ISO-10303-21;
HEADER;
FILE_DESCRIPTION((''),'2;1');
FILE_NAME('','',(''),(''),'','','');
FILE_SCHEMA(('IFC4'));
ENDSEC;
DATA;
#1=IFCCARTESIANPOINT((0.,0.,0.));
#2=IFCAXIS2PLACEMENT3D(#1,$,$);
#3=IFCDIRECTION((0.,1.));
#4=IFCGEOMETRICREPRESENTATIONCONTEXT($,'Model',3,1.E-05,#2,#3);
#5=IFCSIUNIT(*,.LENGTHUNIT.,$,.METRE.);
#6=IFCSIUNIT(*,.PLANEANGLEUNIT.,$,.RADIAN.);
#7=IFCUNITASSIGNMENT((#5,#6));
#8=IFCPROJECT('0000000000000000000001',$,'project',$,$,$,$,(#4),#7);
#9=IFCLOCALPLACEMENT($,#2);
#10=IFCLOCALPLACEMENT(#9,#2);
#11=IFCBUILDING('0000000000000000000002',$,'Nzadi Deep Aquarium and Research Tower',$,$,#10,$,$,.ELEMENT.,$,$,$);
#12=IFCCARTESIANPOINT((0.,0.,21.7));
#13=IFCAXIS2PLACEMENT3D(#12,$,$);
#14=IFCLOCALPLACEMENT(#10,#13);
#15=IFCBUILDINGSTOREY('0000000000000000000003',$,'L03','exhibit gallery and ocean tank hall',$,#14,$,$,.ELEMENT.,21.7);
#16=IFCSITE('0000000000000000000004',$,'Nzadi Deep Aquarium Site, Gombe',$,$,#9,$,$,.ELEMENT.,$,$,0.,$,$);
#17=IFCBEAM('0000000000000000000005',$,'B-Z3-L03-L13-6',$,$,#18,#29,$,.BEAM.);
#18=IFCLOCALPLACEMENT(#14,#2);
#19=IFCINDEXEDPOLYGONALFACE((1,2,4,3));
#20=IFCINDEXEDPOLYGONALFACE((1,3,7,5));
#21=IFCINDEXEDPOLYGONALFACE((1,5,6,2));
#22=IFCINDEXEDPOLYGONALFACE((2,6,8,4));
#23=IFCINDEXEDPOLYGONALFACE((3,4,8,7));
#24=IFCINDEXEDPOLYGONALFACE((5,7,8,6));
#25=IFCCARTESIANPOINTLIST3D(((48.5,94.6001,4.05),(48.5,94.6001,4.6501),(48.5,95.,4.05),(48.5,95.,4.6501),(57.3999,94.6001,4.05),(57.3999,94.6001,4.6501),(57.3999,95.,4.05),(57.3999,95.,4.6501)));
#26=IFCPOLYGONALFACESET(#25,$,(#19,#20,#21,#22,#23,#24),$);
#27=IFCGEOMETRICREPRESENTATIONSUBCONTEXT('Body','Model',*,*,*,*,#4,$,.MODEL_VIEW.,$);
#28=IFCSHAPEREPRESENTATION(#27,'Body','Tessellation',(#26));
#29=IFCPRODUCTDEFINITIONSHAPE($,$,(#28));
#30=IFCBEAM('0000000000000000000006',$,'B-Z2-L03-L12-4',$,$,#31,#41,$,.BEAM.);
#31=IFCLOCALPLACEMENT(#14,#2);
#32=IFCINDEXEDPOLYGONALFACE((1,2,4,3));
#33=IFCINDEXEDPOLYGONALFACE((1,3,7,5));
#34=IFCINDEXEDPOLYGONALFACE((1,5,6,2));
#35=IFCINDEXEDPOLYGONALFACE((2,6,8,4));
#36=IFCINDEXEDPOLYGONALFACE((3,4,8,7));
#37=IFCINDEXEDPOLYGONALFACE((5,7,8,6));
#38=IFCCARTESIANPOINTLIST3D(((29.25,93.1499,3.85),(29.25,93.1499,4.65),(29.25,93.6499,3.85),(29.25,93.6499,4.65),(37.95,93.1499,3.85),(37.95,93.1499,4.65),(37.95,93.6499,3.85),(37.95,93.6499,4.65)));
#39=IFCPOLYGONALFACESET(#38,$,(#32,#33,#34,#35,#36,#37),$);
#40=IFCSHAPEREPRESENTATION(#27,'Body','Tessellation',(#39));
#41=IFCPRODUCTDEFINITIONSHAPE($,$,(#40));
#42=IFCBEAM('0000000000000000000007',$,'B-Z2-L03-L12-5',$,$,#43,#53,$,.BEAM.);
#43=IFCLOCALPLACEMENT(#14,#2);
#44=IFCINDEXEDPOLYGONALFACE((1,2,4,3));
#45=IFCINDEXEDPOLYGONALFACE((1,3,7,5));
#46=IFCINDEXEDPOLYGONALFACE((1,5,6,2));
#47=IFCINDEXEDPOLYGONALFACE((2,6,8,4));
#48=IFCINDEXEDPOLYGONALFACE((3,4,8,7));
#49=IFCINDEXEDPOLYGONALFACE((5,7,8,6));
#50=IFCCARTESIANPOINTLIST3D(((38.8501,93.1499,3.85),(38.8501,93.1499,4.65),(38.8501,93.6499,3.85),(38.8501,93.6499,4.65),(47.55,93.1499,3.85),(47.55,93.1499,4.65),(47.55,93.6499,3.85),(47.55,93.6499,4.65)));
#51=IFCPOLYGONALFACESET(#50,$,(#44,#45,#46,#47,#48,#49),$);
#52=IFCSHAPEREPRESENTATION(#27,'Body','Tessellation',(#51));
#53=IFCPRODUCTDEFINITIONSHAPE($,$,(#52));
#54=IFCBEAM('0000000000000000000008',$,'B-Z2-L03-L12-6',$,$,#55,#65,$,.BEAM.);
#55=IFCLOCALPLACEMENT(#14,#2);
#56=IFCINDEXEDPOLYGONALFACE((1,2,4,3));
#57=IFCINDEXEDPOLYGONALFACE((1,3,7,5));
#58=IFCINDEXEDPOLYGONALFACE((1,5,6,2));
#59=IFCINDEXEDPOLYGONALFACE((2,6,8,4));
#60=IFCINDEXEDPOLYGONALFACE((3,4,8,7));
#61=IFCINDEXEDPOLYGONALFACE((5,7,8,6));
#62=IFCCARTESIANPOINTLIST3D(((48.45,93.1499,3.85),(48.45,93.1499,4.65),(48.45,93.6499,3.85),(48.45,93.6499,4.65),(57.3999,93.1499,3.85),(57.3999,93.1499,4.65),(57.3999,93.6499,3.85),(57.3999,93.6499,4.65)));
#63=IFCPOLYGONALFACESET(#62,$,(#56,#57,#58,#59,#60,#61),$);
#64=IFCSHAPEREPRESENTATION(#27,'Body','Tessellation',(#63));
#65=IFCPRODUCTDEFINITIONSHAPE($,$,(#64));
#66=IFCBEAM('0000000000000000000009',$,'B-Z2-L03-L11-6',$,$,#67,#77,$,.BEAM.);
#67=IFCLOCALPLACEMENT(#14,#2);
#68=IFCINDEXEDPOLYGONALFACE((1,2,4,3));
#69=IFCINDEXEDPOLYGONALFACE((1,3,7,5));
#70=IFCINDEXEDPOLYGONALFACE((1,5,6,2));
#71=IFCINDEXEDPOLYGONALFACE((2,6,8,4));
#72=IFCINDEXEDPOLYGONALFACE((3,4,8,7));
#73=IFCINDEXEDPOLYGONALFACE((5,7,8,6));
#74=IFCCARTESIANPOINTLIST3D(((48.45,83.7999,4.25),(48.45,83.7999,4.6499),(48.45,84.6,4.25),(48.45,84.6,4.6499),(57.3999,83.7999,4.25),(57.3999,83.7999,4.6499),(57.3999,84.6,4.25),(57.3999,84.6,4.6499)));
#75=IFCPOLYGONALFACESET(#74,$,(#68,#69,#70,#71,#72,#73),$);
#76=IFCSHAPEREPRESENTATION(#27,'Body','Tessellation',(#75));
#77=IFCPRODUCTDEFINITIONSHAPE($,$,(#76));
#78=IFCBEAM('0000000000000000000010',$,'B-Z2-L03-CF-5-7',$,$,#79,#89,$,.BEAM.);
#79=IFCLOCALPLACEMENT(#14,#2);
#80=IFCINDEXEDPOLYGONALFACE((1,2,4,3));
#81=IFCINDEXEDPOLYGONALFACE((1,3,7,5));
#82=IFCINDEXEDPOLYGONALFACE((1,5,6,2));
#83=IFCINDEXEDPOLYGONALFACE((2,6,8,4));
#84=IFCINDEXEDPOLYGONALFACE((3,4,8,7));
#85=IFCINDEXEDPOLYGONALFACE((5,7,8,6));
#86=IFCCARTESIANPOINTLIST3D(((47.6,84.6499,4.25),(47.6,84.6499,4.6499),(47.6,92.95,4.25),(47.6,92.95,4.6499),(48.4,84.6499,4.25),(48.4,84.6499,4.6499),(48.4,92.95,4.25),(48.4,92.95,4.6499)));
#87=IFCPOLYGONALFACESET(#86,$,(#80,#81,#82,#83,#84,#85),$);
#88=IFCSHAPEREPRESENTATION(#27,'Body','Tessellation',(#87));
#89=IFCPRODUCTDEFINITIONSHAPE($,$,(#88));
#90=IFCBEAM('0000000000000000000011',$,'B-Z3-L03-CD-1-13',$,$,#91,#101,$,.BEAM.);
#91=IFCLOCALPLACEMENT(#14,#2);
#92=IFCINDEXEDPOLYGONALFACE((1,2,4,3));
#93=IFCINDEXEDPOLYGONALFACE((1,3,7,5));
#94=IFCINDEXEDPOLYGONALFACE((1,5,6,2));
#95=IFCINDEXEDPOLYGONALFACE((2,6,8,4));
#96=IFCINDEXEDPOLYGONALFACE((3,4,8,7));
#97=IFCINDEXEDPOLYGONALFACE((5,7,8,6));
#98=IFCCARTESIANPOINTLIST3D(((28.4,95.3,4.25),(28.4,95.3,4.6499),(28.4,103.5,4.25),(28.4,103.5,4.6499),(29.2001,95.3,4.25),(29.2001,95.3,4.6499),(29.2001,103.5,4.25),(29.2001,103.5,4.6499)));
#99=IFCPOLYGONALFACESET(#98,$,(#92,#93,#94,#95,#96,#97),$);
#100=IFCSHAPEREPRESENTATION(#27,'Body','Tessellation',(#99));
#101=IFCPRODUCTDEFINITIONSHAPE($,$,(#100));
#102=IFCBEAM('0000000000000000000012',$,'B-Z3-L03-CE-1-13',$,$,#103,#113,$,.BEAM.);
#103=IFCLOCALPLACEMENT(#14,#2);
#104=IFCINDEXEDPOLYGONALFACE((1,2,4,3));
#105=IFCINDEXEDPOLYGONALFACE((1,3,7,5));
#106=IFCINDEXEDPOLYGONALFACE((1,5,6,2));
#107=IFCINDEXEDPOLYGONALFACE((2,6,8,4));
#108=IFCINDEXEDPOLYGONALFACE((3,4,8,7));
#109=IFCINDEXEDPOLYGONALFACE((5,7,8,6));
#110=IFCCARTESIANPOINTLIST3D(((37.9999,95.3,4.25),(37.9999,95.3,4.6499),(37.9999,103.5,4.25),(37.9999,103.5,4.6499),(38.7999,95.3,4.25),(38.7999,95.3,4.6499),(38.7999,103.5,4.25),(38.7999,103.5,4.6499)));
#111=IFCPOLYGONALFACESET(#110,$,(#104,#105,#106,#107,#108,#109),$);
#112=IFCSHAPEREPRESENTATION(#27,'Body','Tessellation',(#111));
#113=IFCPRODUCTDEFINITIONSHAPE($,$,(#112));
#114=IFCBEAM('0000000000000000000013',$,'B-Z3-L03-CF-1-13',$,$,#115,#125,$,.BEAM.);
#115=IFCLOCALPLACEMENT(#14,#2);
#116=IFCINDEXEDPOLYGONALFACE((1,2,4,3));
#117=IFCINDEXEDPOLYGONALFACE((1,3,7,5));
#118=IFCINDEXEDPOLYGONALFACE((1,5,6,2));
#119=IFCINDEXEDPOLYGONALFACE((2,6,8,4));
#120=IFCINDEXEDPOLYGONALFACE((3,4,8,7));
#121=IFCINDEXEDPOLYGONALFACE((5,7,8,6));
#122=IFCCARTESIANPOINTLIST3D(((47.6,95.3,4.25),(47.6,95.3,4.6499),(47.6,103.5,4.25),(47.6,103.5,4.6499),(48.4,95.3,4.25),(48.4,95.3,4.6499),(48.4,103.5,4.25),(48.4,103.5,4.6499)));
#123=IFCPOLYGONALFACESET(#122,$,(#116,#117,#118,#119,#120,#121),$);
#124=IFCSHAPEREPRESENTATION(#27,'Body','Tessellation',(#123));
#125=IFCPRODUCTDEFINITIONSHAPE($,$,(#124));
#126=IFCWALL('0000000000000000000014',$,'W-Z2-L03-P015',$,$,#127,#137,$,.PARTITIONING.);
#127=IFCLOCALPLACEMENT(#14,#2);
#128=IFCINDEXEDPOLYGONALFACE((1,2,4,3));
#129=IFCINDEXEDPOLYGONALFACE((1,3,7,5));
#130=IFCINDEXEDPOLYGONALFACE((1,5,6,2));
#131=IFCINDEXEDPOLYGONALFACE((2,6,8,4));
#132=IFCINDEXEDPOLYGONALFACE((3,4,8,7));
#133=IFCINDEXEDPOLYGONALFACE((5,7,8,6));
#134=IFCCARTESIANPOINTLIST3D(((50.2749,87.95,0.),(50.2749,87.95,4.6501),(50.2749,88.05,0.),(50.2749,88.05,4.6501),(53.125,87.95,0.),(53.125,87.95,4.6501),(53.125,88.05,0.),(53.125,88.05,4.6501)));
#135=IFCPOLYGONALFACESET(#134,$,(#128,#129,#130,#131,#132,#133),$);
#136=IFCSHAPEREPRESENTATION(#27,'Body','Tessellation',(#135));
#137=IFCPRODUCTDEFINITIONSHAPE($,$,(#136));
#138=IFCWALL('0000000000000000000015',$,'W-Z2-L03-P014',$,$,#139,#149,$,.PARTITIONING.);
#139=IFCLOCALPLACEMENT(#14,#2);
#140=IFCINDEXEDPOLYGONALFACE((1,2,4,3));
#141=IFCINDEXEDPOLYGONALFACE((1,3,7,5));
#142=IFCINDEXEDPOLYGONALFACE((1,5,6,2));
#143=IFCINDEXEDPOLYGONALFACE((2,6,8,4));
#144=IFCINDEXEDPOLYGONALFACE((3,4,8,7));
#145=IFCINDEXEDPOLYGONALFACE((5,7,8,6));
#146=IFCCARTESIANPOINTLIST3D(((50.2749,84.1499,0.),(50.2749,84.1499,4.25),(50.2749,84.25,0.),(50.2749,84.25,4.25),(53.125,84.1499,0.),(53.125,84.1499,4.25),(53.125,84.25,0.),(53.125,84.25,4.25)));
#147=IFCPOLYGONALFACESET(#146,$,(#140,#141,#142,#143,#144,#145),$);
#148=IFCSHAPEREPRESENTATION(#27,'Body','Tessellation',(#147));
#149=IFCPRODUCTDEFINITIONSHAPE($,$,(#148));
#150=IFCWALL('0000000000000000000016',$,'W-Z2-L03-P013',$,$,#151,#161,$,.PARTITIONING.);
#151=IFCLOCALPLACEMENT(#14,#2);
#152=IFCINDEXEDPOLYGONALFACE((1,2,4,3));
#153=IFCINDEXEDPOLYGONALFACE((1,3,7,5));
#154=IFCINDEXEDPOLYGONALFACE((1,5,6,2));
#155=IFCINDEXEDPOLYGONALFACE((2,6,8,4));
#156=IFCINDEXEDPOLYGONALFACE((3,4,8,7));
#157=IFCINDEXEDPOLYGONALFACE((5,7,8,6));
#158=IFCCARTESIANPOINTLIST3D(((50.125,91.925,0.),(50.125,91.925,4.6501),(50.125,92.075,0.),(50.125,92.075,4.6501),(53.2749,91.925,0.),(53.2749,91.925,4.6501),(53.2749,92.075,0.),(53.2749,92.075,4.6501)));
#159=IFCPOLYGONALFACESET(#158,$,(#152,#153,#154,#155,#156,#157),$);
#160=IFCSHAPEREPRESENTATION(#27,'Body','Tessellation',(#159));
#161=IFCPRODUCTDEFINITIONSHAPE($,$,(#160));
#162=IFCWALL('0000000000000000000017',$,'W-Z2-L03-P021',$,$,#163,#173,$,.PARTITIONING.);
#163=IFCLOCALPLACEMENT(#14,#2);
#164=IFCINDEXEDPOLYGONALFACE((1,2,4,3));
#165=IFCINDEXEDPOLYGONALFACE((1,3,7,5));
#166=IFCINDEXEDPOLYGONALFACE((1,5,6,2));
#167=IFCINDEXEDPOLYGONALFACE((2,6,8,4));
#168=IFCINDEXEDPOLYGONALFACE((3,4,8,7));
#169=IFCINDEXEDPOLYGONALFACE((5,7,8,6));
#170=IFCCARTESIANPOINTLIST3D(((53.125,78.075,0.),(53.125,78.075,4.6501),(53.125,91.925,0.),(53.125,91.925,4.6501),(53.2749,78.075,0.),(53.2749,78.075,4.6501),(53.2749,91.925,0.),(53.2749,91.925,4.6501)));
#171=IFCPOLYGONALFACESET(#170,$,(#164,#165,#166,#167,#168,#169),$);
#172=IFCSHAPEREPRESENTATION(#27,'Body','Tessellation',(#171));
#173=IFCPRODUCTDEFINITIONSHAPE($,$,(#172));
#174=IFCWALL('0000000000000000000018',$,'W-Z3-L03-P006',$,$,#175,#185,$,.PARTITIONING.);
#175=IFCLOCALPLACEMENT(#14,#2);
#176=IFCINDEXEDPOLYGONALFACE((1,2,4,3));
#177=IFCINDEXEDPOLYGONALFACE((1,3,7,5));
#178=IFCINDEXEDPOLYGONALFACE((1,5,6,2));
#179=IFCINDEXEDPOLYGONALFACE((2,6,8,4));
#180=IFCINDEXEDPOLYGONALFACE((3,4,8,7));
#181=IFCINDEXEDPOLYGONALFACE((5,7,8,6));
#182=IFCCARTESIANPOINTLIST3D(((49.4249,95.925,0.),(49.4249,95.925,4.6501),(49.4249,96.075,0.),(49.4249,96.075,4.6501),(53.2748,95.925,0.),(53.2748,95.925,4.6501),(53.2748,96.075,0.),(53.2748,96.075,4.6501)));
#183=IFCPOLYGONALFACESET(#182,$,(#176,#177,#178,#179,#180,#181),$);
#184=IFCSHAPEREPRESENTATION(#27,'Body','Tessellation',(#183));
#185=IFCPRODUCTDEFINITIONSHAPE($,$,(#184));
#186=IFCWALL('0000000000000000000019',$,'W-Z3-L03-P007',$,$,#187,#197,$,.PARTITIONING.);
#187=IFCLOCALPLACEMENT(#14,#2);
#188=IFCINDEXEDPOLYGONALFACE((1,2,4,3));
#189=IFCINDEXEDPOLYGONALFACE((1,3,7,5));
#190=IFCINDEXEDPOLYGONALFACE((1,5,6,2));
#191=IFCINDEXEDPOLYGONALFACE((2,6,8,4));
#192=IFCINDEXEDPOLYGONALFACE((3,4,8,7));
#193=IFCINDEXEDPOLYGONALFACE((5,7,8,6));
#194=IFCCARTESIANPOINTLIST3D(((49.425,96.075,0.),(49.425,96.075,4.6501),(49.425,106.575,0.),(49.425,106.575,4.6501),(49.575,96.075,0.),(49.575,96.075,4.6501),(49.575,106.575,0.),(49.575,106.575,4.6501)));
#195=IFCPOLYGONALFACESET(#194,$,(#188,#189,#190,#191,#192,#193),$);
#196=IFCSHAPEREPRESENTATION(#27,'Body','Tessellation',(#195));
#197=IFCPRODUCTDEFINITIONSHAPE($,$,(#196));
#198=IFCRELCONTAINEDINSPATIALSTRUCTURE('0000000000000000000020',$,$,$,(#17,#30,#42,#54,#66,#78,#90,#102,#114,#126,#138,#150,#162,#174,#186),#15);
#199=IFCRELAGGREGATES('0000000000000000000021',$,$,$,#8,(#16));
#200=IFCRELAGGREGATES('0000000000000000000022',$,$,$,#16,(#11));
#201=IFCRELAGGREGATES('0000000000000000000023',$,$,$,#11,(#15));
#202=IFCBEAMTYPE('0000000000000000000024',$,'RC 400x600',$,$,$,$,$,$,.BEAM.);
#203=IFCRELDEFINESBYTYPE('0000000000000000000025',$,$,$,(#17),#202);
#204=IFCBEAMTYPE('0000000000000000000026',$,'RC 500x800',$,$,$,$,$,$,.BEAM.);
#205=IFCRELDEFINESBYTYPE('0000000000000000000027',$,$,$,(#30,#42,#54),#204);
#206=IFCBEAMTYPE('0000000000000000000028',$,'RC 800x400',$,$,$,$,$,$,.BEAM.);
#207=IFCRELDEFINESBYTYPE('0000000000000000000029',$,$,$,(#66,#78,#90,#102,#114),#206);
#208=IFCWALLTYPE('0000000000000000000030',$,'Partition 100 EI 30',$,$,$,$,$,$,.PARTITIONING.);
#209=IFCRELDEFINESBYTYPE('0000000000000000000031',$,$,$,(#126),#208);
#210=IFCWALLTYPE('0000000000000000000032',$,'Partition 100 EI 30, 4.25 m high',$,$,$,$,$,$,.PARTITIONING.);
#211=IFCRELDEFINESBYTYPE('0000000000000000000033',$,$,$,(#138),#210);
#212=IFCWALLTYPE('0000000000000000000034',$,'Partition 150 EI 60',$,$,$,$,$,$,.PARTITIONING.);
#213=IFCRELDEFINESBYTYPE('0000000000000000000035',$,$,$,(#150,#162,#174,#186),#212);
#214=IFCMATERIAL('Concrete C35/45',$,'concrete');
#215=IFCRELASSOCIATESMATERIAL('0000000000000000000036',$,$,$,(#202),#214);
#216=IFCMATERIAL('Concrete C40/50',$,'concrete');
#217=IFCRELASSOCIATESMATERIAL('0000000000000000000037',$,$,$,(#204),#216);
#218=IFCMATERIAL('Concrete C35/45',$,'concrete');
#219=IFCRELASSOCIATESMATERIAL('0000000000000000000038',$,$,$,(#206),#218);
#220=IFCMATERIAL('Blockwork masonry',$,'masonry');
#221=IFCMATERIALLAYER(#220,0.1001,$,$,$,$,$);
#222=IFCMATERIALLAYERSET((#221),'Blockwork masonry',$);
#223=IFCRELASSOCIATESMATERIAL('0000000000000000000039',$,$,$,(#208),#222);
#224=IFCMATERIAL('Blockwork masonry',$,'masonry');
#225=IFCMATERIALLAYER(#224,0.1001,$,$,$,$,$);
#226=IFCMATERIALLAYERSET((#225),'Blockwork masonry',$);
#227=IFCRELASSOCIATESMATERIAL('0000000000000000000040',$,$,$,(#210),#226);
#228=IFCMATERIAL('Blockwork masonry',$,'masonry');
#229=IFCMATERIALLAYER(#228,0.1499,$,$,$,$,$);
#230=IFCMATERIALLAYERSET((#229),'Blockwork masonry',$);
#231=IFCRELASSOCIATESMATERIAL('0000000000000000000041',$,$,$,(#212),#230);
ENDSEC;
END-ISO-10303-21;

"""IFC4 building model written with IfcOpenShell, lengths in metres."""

from ifc_helpers import new_model, si_unit, direction, frame, frame_2d, origin, origin_2d, place, context, subcontext, project, spatial, rectangle, extrude, material, layer, layer_set, material_profile, profile_set, type_object, element, save


model = new_model("IFC4")

# Units and contexts
model_context = context("Model", 3, precision=1e-05, world=origin(), true_north=direction((0.0, 1.0)))
body_context = subcontext(model_context, "Body", "Model", "MODEL_VIEW")
ifc_project = project(units=[si_unit("LENGTHUNIT", "METRE"), si_unit("PLANEANGLEUNIT", "RADIAN")], contexts=[model_context])

# Site, building, storey
site_placement = place(None, origin())
site = spatial("IfcSite", under=ifc_project, at=site_placement, Name="Nzadi Deep Aquarium Site, Gombe", CompositionType="ELEMENT", RefElevation=0.0)
building_placement = place(site_placement, origin())
building = spatial("IfcBuilding", under=site, at=building_placement, Name="Nzadi Deep Aquarium and Research Tower", CompositionType="ELEMENT")
storey_placement = place(building_placement, frame((0.0, 0.0, 21.7)))
storey = spatial("IfcBuildingStorey", under=building, at=storey_placement, Name="L03", Description="exhibit gallery and ocean tank hall", CompositionType="ELEMENT", Elevation=21.7)

# Beams
ifc_material_1 = material(Name="Concrete C35/45", Category="concrete")
ifc_material_profile_1 = material_profile(ifc_material_1, rectangle(XDim=0.3999, YDim=0.6001, at=origin_2d()))
ifc_profile_set_1 = profile_set([ifc_material_profile_1], Name="Concrete C35/45")
beam_type_1 = type_object("IfcBeamType", Name="RC 400x600", PredefinedType="BEAM", material=ifc_profile_set_1)
beam_1_placement = place(storey_placement, frame((48.5, 94.8, 4.3501), z_axis=(1.0, 0.0, 0.0), x_axis=(0.0, 1.0, 0.0)))
element("IfcBeam", 1, at=beam_1_placement, inside=storey, type_object=beam_type_1, Name="B-Z3-L03-L13-6", PredefinedType="BEAM", context=body_context, shape_type="SweptSolid", body=[
    extrude(rectangle(XDim=0.3999, YDim=0.6001, at=origin_2d()), origin(), (0.0, 0.0, 1.0), 8.8999),
])
ifc_material_2 = material(Name="Concrete C40/50", Category="concrete")
ifc_material_profile_2 = material_profile(ifc_material_2, rectangle(XDim=0.5, YDim=0.8, at=origin_2d()))
ifc_profile_set_2 = profile_set([ifc_material_profile_2], Name="Concrete C40/50")
beam_type_2 = type_object("IfcBeamType", Name="RC 500x800", PredefinedType="BEAM", material=ifc_profile_set_2)
for number, where, z_axis, x_axis, name in (
    (2, (29.25, 93.3999, 4.25), (1.0, 0.0, 0.0), (0.0, 1.0, 0.0), "B-Z2-L03-L12-4"),
    (3, (38.8501, 93.3999, 4.25), (1.0, 0.0, 0.0), (0.0, 1.0, 0.0), "B-Z2-L03-L12-5"),
):
    element("IfcBeam", number, at=place(storey_placement, frame(where, z_axis=z_axis, x_axis=x_axis)), inside=storey, type_object=beam_type_2, Name=name, PredefinedType="BEAM", context=body_context, shape_type="SweptSolid", body=[
        extrude(rectangle(XDim=0.5, YDim=0.8, at=origin_2d()), origin(), (0.0, 0.0, 1.0), 8.7),
    ])
beam_2_placement = place(storey_placement, frame((48.45, 93.3999, 4.25), z_axis=(1.0, 0.0, 0.0), x_axis=(0.0, 1.0, 0.0)))
element("IfcBeam", 4, at=beam_2_placement, inside=storey, type_object=beam_type_2, Name="B-Z2-L03-L12-6", PredefinedType="BEAM", context=body_context, shape_type="SweptSolid", body=[
    extrude(rectangle(XDim=0.5, YDim=0.8, at=origin_2d()), origin(), (0.0, 0.0, 1.0), 8.95),
])
ifc_material_3 = material(Name="Concrete C35/45", Category="concrete")
ifc_material_profile_3 = material_profile(ifc_material_3, rectangle(XDim=0.8, YDim=0.3999, at=origin_2d()))
ifc_profile_set_3 = profile_set([ifc_material_profile_3], Name="Concrete C35/45")
beam_type_3 = type_object("IfcBeamType", Name="RC 800x400", PredefinedType="BEAM", material=ifc_profile_set_3)
beam_3_placement = place(storey_placement, frame((48.45, 84.2, 4.45), z_axis=(1.0, 0.0, 0.0), x_axis=(0.0, 1.0, 0.0)))
element("IfcBeam", 5, at=beam_3_placement, inside=storey, type_object=beam_type_3, Name="B-Z2-L03-L11-6", PredefinedType="BEAM", context=body_context, shape_type="SweptSolid", body=[
    extrude(rectangle(XDim=0.8, YDim=0.3999, at=origin_2d()), origin(), (0.0, 0.0, 1.0), 8.95),
])
beam_4_placement = place(storey_placement, frame((48.0, 84.6499, 4.45), z_axis=(0.0, 1.0, 0.0), x_axis=(-1.0, 0.0, 0.0)))
element("IfcBeam", 6, at=beam_4_placement, inside=storey, type_object=beam_type_3, Name="B-Z2-L03-CF-5-7", PredefinedType="BEAM", context=body_context, shape_type="SweptSolid", body=[
    extrude(rectangle(XDim=0.8, YDim=0.3999, at=origin_2d()), origin(), (0.0, 0.0, 1.0), 8.3),
])
for number, where, z_axis, x_axis, name in (
    (7, (28.8, 95.3, 4.45), (0.0, 1.0, 0.0), (-1.0, 0.0, 0.0), "B-Z3-L03-CD-1-13"),
    (8, (38.3999, 95.3, 4.45), (0.0, 1.0, 0.0), (-1.0, 0.0, 0.0), "B-Z3-L03-CE-1-13"),
    (9, (48.0, 95.3, 4.45), (0.0, 1.0, 0.0), (-1.0, 0.0, 0.0), "B-Z3-L03-CF-1-13"),
):
    element("IfcBeam", number, at=place(storey_placement, frame(where, z_axis=z_axis, x_axis=x_axis)), inside=storey, type_object=beam_type_3, Name=name, PredefinedType="BEAM", context=body_context, shape_type="SweptSolid", body=[
        extrude(rectangle(XDim=0.8, YDim=0.3999, at=origin_2d()), origin(), (0.0, 0.0, 1.0), 8.2),
    ])

# Walls
ifc_material_4 = material(Name="Blockwork masonry", Category="masonry")
ifc_layer_1 = layer(ifc_material_4, 0.1001)
ifc_layer_set_1 = layer_set([ifc_layer_1], Name="Blockwork masonry")
wall_type_1 = type_object("IfcWallType", Name="Partition 100 EI 30", PredefinedType="PARTITIONING", material=ifc_layer_set_1)
wall_1_placement = place(storey_placement, frame((50.2749, 88.0, 0.0), z_axis=(0.0, 0.0, 1.0), x_axis=(1.0, 0.0, 0.0)))
element("IfcWall", 10, at=wall_1_placement, inside=storey, type_object=wall_type_1, Name="W-Z2-L03-P015", PredefinedType="PARTITIONING", context=body_context, shape_type="SweptSolid", body=[
    extrude(rectangle(XDim=2.8501, YDim=0.1001, at=frame_2d((1.425, 0.0))), origin(), (0.0, 0.0, 1.0), 4.6501),
])
ifc_material_5 = material(Name="Blockwork masonry", Category="masonry")
ifc_layer_2 = layer(ifc_material_5, 0.1001)
ifc_layer_set_2 = layer_set([ifc_layer_2], Name="Blockwork masonry")
wall_type_2 = type_object("IfcWallType", Name="Partition 100 EI 30, 4.25 m high", PredefinedType="PARTITIONING", material=ifc_layer_set_2)
wall_2_placement = place(storey_placement, frame((50.2749, 84.2, 0.0), z_axis=(0.0, 0.0, 1.0), x_axis=(1.0, 0.0, 0.0)))
element("IfcWall", 11, at=wall_2_placement, inside=storey, type_object=wall_type_2, Name="W-Z2-L03-P014", PredefinedType="PARTITIONING", context=body_context, shape_type="SweptSolid", body=[
    extrude(rectangle(XDim=2.8501, YDim=0.1001, at=frame_2d((1.425, 0.0))), origin(), (0.0, 0.0, 1.0), 4.25),
])
ifc_material_6 = material(Name="Blockwork masonry", Category="masonry")
ifc_layer_3 = layer(ifc_material_6, 0.1499)
ifc_layer_set_3 = layer_set([ifc_layer_3], Name="Blockwork masonry")
wall_type_3 = type_object("IfcWallType", Name="Partition 150 EI 60", PredefinedType="PARTITIONING", material=ifc_layer_set_3)
wall_3_placement = place(storey_placement, frame((50.125, 92.0, 0.0), z_axis=(0.0, 0.0, 1.0), x_axis=(1.0, 0.0, 0.0)))
element("IfcWall", 12, at=wall_3_placement, inside=storey, type_object=wall_type_3, Name="W-Z2-L03-P013", PredefinedType="PARTITIONING", context=body_context, shape_type="SweptSolid", body=[
    extrude(rectangle(XDim=3.1499, YDim=0.1499, at=frame_2d((1.575, 0.0))), origin(), (0.0, 0.0, 1.0), 4.6501),
])
wall_4_placement = place(storey_placement, frame((53.2, 78.075, 0.0), z_axis=(0.0, 0.0, 1.0), x_axis=(0.0, 1.0, 0.0)))
element("IfcWall", 13, at=wall_4_placement, inside=storey, type_object=wall_type_3, Name="W-Z2-L03-P021", PredefinedType="PARTITIONING", context=body_context, shape_type="SweptSolid", body=[
    extrude(rectangle(XDim=13.8501, YDim=0.1499, at=frame_2d((6.925, 0.0))), origin(), (0.0, 0.0, 1.0), 4.6501),
])
wall_5_placement = place(storey_placement, frame((49.425, 96.0, 0.0), z_axis=(0.0, 0.0, 1.0), x_axis=(1.0, 0.0, 0.0)))
element("IfcWall", 14, at=wall_5_placement, inside=storey, type_object=wall_type_3, Name="W-Z3-L03-P006", PredefinedType="PARTITIONING", context=body_context, shape_type="SweptSolid", body=[
    extrude(rectangle(XDim=3.8499, YDim=0.1499, at=frame_2d((1.9248, 0.0))), origin(), (0.0, 0.0, 1.0), 4.6501),
])
wall_6_placement = place(storey_placement, frame((49.5, 96.075, 0.0), z_axis=(0.0, 0.0, 1.0), x_axis=(0.0, 1.0, 0.0)))
element("IfcWall", 15, at=wall_6_placement, inside=storey, type_object=wall_type_3, Name="W-Z3-L03-P007", PredefinedType="PARTITIONING", context=body_context, shape_type="SweptSolid", body=[
    extrude(rectangle(XDim=10.5, YDim=0.1499, at=frame_2d((5.25, 0.0))), origin(), (0.0, 0.0, 1.0), 4.6501),
])

save(model, "model.ifc")
